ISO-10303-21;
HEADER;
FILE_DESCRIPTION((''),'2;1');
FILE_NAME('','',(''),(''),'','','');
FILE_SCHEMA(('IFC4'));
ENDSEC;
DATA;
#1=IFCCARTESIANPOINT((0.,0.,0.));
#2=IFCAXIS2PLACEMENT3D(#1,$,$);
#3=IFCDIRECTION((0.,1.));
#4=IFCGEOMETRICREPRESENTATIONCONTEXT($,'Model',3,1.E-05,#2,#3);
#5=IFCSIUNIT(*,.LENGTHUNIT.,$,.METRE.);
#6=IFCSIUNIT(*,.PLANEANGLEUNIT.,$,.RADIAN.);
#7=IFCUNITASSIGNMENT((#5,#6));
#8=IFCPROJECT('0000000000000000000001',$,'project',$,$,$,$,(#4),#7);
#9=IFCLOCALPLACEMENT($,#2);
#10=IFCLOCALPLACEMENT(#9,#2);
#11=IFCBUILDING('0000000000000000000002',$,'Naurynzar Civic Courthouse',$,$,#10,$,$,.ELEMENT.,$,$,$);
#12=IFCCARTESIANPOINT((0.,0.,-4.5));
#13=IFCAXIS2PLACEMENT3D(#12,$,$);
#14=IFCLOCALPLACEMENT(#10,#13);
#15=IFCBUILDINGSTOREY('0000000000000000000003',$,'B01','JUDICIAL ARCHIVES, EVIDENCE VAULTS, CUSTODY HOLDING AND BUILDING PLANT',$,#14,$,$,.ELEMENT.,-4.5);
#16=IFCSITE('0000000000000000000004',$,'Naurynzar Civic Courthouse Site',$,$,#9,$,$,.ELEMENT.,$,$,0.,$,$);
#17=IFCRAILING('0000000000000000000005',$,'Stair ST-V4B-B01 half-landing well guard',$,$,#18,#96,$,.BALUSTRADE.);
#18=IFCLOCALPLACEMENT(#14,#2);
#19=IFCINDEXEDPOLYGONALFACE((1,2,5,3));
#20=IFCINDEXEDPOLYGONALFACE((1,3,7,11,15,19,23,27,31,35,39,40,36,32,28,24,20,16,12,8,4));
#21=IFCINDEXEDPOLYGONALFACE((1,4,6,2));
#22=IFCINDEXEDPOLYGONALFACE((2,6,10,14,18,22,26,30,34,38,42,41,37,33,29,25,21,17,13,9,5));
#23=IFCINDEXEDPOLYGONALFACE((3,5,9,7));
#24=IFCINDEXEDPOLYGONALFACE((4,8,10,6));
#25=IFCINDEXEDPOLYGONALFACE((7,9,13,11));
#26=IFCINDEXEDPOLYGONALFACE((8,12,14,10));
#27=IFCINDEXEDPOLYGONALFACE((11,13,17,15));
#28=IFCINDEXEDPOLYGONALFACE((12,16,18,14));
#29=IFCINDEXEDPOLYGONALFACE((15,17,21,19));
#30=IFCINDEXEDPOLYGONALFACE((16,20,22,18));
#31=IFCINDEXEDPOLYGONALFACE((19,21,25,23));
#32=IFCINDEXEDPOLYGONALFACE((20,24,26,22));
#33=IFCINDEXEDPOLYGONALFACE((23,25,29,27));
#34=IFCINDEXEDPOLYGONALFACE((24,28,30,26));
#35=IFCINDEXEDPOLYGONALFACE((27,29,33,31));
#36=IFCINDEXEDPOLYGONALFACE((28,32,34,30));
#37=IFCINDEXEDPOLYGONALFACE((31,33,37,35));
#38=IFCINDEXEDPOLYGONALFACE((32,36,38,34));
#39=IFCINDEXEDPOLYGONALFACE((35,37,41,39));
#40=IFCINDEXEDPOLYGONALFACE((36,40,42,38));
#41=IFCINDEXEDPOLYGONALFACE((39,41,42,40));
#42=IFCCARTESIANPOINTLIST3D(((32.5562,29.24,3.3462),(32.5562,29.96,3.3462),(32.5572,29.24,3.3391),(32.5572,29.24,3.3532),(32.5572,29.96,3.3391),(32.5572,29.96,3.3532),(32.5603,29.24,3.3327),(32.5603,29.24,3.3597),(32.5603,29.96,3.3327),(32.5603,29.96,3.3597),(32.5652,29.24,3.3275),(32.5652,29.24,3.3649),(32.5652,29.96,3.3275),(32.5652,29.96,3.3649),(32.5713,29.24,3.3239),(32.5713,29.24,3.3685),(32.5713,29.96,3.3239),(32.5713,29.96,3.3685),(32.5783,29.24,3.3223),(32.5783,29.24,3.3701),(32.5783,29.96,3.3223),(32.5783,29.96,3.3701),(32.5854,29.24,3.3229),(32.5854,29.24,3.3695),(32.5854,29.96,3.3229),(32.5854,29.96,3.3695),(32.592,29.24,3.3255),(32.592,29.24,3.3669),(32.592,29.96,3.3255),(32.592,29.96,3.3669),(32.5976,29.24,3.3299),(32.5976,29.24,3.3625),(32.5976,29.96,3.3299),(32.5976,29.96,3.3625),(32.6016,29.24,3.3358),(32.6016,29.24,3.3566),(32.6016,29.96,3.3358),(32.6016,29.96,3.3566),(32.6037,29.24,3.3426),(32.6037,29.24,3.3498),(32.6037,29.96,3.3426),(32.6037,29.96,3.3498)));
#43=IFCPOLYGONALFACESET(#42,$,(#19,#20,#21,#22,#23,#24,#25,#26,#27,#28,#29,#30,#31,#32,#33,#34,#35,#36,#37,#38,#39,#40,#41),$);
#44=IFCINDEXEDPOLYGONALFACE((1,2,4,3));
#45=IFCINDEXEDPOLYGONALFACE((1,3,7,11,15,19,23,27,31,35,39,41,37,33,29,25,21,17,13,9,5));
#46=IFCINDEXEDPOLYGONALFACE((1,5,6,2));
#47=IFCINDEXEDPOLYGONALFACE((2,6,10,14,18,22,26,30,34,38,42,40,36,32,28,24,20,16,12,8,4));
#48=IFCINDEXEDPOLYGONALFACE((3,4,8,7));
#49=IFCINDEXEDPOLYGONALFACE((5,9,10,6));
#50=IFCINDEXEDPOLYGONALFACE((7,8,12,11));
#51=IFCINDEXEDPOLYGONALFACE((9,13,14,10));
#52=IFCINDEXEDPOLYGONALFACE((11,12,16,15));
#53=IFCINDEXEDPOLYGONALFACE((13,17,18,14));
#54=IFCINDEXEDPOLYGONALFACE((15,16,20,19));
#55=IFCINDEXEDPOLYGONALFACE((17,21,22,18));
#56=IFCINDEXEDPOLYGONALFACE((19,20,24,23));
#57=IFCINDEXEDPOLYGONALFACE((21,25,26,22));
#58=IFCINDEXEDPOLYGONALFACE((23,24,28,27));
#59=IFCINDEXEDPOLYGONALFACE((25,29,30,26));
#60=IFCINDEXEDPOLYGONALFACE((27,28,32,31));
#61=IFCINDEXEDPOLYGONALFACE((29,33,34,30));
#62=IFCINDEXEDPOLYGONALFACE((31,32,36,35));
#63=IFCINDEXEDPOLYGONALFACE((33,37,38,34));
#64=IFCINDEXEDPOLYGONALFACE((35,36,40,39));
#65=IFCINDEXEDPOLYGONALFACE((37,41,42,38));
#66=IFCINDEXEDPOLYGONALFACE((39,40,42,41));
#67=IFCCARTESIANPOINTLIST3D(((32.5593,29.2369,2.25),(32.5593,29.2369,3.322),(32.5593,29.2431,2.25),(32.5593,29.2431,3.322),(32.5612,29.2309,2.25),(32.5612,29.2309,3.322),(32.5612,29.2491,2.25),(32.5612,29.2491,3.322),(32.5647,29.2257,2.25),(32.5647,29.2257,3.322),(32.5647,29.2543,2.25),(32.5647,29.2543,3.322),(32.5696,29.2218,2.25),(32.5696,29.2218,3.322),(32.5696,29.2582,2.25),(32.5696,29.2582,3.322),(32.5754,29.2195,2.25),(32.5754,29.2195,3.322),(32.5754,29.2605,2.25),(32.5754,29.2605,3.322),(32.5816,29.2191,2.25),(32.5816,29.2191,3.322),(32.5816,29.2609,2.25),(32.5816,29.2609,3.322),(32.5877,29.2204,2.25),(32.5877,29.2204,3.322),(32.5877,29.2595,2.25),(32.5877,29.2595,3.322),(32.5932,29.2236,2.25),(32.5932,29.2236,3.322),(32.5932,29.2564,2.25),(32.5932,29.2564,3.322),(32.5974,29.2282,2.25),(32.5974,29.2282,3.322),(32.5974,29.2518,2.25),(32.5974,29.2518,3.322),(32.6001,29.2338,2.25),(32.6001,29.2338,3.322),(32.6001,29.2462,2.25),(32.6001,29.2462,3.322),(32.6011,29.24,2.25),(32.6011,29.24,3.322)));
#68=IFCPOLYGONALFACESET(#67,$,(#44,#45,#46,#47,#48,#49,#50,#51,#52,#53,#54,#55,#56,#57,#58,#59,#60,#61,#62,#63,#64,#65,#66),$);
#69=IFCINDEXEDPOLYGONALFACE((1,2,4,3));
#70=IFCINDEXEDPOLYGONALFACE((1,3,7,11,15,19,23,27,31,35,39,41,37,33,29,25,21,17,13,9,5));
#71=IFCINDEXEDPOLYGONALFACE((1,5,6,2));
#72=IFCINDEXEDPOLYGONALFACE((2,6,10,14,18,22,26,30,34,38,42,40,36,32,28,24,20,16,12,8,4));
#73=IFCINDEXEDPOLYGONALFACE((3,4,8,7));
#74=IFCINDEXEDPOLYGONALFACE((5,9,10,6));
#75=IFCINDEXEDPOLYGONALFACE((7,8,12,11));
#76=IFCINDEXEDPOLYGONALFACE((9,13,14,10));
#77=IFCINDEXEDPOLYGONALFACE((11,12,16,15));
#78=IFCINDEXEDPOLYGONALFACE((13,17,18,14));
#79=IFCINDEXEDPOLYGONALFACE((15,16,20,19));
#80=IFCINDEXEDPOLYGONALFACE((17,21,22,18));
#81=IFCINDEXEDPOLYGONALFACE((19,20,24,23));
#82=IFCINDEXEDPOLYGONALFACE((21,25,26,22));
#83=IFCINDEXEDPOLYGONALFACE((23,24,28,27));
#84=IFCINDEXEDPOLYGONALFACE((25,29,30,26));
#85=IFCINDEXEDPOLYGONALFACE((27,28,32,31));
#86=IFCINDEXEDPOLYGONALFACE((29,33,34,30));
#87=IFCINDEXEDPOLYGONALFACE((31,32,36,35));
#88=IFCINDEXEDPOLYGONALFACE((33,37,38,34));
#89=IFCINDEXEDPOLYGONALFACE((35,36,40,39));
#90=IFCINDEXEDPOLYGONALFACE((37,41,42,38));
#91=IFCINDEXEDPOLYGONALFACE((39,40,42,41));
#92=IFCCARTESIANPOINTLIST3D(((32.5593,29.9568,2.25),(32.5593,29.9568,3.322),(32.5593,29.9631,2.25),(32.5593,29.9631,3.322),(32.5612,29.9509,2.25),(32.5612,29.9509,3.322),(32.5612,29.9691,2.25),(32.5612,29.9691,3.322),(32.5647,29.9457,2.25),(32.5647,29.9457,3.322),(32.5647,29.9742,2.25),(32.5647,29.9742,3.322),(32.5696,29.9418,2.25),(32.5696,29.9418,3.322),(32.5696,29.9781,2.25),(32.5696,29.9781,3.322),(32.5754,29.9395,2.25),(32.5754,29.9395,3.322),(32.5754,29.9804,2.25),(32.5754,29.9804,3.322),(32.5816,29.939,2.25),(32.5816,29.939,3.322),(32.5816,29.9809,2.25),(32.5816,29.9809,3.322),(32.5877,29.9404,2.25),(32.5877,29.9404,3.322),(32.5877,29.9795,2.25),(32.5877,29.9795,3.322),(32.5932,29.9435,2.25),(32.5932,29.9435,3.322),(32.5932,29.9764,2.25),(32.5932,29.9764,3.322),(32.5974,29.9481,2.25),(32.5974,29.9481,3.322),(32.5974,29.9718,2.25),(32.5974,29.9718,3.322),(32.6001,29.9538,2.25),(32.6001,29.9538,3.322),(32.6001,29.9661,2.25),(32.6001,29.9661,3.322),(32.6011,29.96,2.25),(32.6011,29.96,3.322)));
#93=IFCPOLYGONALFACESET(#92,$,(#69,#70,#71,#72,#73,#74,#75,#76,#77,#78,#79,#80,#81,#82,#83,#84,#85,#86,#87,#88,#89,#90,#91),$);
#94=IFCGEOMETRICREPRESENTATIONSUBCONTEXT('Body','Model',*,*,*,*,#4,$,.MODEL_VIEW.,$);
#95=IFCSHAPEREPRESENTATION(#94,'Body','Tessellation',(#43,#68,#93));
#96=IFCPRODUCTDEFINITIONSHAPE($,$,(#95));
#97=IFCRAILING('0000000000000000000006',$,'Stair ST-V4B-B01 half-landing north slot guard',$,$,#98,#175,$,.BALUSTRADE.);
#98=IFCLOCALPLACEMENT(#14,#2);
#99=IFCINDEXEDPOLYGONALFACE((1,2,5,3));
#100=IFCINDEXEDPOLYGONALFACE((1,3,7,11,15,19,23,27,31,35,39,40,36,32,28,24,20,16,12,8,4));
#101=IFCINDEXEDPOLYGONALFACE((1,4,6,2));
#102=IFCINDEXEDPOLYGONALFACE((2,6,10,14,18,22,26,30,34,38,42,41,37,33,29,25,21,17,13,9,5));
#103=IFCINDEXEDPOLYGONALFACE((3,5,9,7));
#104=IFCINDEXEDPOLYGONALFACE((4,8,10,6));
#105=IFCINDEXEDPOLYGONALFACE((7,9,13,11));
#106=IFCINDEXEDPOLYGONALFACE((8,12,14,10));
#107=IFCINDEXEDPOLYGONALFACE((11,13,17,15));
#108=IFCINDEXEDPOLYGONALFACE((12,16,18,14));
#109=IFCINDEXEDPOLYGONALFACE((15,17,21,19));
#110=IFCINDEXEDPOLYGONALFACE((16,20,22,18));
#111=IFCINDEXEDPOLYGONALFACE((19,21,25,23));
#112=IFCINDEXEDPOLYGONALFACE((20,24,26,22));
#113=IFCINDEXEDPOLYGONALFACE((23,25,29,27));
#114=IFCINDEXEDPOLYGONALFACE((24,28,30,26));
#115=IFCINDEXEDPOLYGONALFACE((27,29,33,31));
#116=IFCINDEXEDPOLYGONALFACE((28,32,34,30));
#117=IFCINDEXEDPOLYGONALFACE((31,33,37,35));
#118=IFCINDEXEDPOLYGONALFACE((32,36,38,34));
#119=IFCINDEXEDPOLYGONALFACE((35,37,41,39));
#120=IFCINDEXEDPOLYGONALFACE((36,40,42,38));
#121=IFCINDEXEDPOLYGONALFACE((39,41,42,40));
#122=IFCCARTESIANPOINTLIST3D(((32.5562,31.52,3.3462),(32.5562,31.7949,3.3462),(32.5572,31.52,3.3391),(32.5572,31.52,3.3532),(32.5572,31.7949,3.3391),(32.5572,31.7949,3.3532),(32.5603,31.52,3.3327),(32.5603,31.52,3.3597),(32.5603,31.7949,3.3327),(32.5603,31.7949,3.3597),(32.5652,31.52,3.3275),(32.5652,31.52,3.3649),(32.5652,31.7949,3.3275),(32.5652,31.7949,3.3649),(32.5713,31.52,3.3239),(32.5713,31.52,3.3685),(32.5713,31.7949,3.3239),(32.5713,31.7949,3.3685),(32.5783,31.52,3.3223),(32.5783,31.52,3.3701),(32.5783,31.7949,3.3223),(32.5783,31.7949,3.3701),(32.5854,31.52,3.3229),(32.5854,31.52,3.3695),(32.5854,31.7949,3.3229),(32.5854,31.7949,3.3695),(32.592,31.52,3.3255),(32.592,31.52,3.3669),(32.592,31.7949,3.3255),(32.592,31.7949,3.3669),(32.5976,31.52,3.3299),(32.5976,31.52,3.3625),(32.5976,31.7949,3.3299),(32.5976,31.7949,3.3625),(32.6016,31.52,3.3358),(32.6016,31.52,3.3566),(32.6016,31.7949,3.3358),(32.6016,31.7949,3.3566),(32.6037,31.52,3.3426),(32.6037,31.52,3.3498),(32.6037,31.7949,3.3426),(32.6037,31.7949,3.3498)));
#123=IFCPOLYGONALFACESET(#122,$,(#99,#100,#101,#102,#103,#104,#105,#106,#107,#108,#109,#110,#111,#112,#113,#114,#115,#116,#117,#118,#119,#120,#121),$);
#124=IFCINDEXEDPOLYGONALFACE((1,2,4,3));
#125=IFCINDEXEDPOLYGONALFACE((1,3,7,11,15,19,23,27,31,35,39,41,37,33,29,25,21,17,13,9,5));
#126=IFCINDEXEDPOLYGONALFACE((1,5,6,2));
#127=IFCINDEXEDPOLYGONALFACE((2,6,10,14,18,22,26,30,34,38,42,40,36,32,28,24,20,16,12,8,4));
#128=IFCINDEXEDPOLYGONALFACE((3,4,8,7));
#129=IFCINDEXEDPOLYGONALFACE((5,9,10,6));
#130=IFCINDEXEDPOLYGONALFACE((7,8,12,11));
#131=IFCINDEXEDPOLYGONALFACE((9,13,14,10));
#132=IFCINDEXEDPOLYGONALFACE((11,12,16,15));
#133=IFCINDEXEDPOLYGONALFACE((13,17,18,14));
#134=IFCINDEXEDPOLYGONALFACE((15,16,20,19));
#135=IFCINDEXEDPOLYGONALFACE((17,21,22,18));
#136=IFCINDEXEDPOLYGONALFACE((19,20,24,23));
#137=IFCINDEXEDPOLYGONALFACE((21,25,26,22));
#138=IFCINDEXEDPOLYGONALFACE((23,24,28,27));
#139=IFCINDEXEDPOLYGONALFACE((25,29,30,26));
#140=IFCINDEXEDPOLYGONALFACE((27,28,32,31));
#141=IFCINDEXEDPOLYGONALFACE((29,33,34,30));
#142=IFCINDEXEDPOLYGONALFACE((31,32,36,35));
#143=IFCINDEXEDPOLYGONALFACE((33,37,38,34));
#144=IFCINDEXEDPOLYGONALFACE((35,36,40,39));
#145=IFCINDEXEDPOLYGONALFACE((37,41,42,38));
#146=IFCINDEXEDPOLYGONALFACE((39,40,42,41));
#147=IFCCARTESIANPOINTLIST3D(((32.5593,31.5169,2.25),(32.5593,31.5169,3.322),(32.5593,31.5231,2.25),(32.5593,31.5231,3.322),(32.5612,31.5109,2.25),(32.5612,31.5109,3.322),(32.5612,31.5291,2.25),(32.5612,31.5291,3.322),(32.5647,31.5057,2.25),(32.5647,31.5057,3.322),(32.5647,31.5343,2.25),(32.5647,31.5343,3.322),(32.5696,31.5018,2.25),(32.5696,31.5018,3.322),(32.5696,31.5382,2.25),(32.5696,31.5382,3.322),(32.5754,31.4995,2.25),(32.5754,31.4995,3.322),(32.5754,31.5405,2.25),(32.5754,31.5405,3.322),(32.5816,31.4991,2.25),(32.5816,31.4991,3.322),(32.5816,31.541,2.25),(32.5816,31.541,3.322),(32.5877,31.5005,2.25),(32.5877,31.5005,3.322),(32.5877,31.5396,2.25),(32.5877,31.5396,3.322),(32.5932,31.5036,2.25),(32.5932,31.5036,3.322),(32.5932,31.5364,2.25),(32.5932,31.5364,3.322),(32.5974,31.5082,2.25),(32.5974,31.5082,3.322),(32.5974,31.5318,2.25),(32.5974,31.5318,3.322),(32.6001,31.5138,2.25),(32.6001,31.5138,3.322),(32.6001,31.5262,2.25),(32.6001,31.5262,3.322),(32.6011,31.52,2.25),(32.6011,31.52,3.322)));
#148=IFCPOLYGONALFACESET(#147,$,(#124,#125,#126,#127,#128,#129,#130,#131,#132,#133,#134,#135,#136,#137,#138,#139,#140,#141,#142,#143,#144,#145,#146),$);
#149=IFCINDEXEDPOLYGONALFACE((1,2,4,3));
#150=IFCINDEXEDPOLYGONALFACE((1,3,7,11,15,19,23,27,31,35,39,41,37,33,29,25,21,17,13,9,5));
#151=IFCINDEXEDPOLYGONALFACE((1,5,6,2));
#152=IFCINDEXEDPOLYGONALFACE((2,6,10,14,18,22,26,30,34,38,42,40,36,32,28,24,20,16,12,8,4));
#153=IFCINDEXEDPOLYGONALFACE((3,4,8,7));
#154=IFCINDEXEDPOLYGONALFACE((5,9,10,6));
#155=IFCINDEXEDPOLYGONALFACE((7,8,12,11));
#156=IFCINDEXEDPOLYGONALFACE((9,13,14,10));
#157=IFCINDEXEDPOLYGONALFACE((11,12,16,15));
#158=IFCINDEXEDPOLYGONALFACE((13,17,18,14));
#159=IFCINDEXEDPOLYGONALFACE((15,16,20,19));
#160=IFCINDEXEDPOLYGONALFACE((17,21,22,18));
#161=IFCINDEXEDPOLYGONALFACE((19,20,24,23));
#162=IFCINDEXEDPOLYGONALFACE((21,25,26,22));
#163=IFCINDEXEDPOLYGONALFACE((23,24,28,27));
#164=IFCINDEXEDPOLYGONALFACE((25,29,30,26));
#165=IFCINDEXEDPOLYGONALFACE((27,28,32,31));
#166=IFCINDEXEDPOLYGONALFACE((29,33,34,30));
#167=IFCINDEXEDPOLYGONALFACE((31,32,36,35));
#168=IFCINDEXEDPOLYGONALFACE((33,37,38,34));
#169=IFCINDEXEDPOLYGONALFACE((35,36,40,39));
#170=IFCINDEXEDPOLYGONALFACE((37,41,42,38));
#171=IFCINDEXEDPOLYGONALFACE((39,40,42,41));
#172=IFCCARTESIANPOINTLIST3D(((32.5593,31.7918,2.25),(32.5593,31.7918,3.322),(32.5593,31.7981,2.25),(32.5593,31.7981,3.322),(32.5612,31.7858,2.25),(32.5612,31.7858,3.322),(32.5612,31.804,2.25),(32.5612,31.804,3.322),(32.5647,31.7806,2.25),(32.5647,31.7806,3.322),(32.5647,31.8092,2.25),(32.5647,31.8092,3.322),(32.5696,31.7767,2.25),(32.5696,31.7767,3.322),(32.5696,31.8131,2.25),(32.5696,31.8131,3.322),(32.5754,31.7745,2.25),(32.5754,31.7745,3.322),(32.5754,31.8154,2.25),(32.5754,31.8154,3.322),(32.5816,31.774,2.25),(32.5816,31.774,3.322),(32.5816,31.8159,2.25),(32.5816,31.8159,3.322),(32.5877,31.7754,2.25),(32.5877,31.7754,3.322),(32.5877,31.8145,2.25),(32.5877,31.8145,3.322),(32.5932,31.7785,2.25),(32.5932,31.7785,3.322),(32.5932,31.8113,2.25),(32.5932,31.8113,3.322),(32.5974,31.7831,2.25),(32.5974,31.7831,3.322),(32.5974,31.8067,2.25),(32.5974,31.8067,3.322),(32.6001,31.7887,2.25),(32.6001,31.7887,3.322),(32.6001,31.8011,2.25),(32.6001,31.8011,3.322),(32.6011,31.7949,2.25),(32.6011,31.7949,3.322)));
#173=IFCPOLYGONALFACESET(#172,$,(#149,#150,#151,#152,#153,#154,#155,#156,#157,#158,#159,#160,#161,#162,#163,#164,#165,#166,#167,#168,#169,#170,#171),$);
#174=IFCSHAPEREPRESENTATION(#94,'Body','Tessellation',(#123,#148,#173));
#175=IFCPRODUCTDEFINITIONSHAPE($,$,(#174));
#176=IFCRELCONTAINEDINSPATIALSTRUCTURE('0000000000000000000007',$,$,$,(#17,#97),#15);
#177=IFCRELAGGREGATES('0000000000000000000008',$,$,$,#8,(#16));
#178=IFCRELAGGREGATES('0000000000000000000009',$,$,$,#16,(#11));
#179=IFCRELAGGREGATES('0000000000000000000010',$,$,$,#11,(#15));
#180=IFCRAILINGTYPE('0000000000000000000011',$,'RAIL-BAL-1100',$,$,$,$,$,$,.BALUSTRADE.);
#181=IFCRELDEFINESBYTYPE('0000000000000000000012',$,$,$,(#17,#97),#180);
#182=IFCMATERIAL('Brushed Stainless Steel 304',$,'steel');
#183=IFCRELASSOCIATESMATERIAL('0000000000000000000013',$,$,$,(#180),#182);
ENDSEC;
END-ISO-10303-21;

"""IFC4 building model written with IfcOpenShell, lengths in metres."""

from ifc_helpers import new_model, si_unit, direction, frame, origin, origin_2d, place, context, subcontext, project, spatial, circle, extrude, material, type_object, element, save


model = new_model("IFC4")

# Units and contexts
model_context = context("Model", 3, precision=1e-05, world=origin(), true_north=direction((0.0, 1.0)))
body_context = subcontext(model_context, "Body", "Model", "MODEL_VIEW")
ifc_project = project(units=[si_unit("LENGTHUNIT", "METRE"), si_unit("PLANEANGLEUNIT", "RADIAN")], contexts=[model_context])

# Site, building, storey
site_placement = place(None, origin())
site = spatial("IfcSite", under=ifc_project, at=site_placement, Name="Naurynzar Civic Courthouse Site", CompositionType="ELEMENT", RefElevation=0.0)
building_placement = place(site_placement, origin())
building = spatial("IfcBuilding", under=site, at=building_placement, Name="Naurynzar Civic Courthouse", CompositionType="ELEMENT")
storey_placement = place(building_placement, frame((0.0, 0.0, -4.5)))
storey = spatial("IfcBuildingStorey", under=building, at=storey_placement, Name="B01", Description="JUDICIAL ARCHIVES, EVIDENCE VAULTS, CUSTODY HOLDING AND BUILDING PLANT", CompositionType="ELEMENT", Elevation=-4.5)

# Railings
ifc_material_1 = material(Name="Brushed Stainless Steel 304", Category="steel")
railing_type_1 = type_object("IfcRailingType", Name="RAIL-BAL-1100", PredefinedType="BALUSTRADE", material=ifc_material_1)
railing_1_placement = place(storey_placement, frame((32.5801, 29.24, 2.25)))
element("IfcRailing", 1, at=railing_1_placement, inside=storey, type_object=railing_type_1, Name="Stair ST-V4B-B01 half-landing well guard", PredefinedType="BALUSTRADE", context=body_context, shape_type="SweptSolid", body=[
    extrude(circle(Radius=0.0239, at=origin_2d()), frame((0.0, 0.0, 1.0962), z_axis=(0.0, 1.0, 0.0), x_axis=(-1.0, 0.0, 0.0)), (0.0, 0.0, 1.0), 0.72),
    extrude(circle(Radius=0.021, at=origin_2d()), origin(), (0.0, 0.0, 1.0), 1.072),
    extrude(circle(Radius=0.021, at=origin_2d()), frame((0.0, 0.72, 0.0)), (0.0, 0.0, 1.0), 1.072),
])
railing_2_placement = place(storey_placement, frame((32.5801, 31.52, 2.25)))
element("IfcRailing", 2, at=railing_2_placement, inside=storey, type_object=railing_type_1, Name="Stair ST-V4B-B01 half-landing north slot guard", PredefinedType="BALUSTRADE", context=body_context, shape_type="SweptSolid", body=[
    extrude(circle(Radius=0.0239, at=origin_2d()), frame((0.0, 0.0, 1.0962), z_axis=(0.0, 1.0, 0.0), x_axis=(-1.0, 0.0, 0.0)), (0.0, 0.0, 1.0), 0.2749),
    extrude(circle(Radius=0.021, at=origin_2d()), origin(), (0.0, 0.0, 1.0), 1.072),
    extrude(circle(Radius=0.021, at=origin_2d()), frame((0.0, 0.2749, 0.0)), (0.0, 0.0, 1.0), 1.072),
])

save(model, "model.ifc")
